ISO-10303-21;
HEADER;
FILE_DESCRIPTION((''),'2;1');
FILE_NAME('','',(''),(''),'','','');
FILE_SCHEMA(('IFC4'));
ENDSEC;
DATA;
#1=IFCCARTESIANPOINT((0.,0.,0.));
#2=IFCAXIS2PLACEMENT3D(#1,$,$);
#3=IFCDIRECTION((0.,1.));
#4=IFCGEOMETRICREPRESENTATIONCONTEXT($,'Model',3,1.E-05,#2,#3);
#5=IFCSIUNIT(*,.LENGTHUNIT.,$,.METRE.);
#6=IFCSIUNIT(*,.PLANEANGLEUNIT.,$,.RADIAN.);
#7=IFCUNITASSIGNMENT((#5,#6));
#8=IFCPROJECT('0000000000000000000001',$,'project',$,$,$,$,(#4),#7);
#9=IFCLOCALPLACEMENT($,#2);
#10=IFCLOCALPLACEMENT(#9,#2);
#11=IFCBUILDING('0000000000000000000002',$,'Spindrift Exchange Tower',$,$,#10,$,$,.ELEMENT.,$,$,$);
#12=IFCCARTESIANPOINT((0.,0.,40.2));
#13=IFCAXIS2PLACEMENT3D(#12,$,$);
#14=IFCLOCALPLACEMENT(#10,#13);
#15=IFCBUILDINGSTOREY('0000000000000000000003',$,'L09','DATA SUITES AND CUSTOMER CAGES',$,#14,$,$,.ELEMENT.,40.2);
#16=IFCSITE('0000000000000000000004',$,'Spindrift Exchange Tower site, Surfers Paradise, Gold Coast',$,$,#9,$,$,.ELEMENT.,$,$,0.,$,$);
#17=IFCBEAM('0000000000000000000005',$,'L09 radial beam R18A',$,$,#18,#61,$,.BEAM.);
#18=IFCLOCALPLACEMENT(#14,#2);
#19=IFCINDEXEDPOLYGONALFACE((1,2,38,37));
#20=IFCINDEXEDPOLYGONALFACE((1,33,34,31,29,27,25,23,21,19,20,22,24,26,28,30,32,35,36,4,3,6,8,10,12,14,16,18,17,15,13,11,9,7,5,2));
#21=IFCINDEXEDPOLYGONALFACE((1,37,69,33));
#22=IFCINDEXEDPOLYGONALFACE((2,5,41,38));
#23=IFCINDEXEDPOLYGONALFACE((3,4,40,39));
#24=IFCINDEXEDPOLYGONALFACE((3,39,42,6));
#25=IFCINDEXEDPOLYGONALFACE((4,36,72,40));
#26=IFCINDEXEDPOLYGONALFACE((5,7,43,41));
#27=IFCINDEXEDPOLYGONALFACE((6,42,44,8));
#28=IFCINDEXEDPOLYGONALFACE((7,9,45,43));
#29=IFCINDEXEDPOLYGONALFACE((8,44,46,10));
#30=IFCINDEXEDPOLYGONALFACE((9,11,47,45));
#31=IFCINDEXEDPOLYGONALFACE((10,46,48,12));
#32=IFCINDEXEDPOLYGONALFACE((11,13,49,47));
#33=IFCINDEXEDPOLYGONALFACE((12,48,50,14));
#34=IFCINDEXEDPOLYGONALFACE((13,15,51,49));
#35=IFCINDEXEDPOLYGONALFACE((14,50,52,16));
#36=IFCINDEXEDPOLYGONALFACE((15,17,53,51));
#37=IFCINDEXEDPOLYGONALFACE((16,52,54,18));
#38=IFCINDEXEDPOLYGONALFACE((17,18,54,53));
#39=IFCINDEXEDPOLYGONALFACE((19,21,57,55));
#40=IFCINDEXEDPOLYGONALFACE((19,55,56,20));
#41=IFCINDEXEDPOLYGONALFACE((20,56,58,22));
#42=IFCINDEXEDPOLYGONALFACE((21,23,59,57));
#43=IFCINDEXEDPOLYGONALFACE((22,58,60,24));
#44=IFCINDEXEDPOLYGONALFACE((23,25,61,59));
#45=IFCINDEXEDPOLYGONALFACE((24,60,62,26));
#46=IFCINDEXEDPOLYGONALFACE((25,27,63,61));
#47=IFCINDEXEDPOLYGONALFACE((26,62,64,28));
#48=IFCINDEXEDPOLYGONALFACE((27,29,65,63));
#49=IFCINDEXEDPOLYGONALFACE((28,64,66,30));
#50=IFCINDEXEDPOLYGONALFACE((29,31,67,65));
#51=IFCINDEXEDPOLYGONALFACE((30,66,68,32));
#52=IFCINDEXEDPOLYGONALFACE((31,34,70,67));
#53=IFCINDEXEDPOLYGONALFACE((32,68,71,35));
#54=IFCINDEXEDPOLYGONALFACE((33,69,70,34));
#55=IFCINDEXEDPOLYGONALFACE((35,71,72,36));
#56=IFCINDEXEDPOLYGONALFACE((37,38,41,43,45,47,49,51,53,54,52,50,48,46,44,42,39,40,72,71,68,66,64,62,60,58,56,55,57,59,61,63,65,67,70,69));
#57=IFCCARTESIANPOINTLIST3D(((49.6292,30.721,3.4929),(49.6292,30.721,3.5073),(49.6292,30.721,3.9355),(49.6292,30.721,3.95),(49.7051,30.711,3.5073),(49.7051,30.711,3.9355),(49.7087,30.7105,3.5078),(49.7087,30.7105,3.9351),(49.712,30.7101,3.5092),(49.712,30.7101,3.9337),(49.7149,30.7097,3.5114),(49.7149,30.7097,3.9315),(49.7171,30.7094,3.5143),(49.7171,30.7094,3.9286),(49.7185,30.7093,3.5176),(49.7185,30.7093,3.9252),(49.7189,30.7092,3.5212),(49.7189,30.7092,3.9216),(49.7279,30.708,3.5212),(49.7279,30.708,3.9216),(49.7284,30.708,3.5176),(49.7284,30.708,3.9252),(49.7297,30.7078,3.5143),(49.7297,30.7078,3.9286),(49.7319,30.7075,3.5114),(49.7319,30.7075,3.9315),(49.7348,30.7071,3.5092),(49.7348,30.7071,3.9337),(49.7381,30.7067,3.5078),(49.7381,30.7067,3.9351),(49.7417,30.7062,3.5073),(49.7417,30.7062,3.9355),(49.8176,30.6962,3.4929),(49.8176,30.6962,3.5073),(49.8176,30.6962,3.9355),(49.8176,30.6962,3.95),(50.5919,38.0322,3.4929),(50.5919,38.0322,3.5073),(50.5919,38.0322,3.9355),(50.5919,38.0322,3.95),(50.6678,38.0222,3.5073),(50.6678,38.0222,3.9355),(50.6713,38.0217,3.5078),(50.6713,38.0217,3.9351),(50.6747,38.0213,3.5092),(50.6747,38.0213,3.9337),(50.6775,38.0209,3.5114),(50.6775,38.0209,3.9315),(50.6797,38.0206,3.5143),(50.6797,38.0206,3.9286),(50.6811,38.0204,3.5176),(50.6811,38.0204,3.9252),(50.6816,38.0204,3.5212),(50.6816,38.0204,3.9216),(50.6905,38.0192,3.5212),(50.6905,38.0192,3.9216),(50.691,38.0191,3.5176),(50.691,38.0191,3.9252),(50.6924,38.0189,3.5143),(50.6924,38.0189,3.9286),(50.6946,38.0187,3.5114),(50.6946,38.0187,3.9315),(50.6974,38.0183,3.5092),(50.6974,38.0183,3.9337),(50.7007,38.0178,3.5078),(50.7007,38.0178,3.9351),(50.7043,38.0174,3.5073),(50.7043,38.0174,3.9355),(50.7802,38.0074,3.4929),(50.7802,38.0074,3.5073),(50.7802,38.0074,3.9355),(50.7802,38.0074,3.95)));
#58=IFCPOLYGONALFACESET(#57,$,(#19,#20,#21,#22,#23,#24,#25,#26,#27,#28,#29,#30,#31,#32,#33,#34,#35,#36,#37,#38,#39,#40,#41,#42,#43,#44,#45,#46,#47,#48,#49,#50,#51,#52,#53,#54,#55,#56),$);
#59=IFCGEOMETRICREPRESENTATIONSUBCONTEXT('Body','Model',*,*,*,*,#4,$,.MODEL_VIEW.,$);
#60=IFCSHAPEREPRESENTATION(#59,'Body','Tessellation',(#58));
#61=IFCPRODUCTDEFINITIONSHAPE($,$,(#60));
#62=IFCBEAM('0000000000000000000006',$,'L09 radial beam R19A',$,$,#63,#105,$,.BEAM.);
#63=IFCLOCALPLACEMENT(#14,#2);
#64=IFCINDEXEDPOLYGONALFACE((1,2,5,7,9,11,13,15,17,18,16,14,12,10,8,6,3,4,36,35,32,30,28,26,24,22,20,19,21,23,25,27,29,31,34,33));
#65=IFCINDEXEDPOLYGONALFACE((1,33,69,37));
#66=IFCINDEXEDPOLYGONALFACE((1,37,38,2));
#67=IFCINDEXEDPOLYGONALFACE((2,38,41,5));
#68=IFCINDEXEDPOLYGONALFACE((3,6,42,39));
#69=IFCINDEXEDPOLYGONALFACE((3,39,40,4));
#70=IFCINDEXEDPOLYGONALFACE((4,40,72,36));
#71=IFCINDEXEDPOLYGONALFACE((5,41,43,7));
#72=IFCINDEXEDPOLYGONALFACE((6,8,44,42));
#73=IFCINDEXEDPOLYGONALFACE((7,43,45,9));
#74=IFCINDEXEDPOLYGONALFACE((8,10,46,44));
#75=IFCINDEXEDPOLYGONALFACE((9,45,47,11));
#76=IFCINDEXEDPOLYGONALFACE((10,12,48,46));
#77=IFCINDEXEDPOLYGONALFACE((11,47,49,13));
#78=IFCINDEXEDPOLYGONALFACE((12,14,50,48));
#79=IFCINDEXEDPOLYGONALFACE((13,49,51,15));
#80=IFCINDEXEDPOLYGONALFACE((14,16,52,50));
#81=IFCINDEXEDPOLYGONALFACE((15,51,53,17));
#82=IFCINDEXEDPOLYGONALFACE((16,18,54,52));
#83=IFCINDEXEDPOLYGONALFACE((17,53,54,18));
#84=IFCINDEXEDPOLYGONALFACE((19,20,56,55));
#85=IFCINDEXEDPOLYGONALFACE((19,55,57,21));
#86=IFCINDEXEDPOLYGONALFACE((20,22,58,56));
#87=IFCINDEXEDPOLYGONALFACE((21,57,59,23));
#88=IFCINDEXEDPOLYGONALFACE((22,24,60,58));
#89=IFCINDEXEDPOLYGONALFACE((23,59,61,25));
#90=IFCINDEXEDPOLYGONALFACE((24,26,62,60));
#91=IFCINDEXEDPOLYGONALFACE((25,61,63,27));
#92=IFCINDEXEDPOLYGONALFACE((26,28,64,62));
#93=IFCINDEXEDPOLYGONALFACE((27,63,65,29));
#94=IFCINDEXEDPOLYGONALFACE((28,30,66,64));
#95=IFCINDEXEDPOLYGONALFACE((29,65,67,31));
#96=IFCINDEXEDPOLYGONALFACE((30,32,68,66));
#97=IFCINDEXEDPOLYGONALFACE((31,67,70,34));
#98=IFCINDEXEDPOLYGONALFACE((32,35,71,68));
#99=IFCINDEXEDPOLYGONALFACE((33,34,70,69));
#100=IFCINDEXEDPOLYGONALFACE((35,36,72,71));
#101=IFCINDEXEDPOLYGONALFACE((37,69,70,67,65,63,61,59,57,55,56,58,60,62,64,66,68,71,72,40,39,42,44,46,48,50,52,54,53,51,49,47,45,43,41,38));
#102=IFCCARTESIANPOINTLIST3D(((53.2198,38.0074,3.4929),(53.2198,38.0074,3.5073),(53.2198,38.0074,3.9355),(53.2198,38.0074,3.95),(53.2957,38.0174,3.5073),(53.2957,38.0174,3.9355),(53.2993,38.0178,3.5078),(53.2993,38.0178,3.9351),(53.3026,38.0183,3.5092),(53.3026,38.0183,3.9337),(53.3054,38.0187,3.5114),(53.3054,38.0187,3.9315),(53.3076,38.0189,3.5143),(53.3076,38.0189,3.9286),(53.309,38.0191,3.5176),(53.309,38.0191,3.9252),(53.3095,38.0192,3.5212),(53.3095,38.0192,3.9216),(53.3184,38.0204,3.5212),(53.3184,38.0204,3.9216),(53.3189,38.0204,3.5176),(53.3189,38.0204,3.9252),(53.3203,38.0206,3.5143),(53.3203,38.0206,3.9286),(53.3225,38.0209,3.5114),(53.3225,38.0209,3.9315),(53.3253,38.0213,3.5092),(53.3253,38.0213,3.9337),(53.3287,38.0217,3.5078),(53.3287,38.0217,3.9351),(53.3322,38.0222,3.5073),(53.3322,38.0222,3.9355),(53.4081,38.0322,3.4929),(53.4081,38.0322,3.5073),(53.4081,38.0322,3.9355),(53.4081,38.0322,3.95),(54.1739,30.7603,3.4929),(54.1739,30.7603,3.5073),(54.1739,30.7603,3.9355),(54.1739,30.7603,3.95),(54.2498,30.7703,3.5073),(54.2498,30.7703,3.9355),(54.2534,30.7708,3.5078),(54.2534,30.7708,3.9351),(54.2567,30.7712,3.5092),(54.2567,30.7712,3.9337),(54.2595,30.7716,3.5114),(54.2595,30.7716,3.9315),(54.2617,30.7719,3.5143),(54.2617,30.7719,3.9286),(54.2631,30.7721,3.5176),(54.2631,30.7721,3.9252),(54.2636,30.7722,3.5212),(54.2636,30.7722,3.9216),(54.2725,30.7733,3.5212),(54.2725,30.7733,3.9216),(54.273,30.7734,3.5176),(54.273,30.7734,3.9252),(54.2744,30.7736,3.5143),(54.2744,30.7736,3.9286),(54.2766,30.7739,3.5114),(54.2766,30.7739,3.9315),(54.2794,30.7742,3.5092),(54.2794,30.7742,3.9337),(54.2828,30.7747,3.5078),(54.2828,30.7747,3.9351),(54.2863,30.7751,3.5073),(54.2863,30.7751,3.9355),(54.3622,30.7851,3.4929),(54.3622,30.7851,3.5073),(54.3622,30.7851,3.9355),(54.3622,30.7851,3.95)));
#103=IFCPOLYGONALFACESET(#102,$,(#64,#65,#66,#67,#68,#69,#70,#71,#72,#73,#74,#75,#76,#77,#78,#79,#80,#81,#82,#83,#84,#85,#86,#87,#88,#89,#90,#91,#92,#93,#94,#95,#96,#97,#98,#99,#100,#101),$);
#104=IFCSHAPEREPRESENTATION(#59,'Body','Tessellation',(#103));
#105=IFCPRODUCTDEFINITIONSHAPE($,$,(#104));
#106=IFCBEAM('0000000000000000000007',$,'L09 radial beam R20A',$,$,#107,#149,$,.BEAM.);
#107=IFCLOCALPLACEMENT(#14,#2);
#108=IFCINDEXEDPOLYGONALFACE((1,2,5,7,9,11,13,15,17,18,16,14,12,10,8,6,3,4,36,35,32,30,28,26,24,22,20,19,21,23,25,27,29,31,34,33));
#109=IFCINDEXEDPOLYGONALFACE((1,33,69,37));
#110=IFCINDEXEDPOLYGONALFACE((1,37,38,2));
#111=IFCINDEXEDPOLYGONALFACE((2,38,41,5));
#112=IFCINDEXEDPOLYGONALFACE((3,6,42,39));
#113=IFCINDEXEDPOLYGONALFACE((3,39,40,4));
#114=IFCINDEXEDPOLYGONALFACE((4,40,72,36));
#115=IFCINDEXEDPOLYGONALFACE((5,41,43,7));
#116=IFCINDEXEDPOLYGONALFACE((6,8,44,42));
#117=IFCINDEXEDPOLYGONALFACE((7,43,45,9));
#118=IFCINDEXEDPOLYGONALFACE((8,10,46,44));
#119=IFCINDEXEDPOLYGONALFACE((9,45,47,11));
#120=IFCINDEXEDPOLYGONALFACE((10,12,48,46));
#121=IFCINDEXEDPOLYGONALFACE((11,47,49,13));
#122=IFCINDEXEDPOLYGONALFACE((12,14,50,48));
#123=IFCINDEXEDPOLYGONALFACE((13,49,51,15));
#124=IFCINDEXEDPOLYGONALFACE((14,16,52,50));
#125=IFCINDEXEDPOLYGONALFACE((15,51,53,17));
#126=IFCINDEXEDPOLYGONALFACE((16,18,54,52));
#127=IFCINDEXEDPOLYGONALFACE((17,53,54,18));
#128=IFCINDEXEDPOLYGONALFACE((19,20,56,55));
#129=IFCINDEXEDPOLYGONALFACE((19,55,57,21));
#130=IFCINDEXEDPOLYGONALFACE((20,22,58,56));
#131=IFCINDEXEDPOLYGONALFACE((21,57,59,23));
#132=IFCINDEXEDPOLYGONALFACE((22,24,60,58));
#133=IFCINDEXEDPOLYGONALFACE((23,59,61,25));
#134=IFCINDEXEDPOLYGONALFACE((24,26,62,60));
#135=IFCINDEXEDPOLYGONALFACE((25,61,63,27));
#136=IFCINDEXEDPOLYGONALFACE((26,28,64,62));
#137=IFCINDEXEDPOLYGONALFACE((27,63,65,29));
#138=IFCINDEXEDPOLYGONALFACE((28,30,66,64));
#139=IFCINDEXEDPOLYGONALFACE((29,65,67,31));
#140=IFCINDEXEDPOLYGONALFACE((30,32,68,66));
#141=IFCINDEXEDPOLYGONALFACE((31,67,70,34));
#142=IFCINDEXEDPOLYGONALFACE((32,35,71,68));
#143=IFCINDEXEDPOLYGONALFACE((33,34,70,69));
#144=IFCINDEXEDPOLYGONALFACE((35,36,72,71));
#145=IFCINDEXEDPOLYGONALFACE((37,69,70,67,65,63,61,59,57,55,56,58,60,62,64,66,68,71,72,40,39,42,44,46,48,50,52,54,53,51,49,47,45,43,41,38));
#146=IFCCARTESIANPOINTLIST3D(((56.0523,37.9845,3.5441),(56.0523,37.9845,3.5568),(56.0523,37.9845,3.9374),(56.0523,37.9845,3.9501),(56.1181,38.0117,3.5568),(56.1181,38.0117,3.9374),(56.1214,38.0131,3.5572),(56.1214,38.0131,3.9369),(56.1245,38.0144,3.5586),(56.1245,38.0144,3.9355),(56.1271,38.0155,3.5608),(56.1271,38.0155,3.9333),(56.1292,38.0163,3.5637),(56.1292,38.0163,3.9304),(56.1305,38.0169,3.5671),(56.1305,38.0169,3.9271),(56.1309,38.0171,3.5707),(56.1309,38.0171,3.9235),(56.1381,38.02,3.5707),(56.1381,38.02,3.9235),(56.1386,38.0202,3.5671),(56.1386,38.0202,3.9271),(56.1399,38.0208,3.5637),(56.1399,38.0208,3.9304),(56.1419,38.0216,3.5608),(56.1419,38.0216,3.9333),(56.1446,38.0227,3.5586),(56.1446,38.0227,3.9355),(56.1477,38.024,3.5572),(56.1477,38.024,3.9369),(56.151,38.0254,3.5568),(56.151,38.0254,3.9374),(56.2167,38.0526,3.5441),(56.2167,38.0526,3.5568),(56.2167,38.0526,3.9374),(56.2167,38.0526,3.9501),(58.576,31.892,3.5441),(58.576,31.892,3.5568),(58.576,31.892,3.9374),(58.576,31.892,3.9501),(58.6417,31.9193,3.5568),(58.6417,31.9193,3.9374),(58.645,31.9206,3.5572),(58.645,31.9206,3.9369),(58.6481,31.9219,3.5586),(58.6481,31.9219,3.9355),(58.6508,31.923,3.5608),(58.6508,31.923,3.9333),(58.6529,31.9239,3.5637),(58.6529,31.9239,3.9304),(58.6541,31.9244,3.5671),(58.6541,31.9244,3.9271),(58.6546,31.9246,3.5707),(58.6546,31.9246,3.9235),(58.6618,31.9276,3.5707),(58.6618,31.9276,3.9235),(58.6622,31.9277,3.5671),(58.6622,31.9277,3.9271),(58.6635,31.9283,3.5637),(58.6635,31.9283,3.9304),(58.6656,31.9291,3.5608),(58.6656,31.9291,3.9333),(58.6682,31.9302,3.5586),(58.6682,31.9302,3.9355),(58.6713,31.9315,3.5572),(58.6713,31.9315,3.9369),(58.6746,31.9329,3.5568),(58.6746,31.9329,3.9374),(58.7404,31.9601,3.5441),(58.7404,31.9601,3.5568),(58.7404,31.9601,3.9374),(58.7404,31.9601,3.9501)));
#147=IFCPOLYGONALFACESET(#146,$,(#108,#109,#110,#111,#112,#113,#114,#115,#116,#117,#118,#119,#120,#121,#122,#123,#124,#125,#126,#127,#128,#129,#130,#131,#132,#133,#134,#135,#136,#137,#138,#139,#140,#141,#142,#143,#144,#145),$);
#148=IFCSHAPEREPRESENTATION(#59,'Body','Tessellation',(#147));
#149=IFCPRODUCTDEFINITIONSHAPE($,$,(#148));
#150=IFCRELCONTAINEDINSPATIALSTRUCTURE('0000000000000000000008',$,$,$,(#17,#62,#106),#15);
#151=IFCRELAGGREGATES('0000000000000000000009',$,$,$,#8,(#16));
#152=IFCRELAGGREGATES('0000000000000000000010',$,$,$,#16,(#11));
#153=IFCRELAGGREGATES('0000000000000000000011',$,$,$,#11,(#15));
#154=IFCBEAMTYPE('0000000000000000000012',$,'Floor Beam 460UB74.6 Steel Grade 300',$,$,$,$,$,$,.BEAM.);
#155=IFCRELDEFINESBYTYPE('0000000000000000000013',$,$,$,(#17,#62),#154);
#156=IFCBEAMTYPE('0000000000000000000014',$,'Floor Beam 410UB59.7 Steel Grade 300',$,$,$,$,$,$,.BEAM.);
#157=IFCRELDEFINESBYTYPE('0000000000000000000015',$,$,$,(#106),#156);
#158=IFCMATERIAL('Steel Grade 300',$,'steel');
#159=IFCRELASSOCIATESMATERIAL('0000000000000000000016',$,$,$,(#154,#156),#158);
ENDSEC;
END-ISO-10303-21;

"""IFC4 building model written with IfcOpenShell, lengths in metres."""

from ifc_helpers import new_model, si_unit, direction, frame, origin, origin_2d, place, context, subcontext, project, spatial, i_section, extrude, source, transform, mapped, material, material_profile, profile_set, type_object, element, save


model = new_model("IFC4")

# Units and contexts
model_context = context("Model", 3, precision=1e-05, world=origin(), true_north=direction((0.0, 1.0)))
body_context = subcontext(model_context, "Body", "Model", "MODEL_VIEW")
ifc_project = project(units=[si_unit("LENGTHUNIT", "METRE"), si_unit("PLANEANGLEUNIT", "RADIAN")], contexts=[model_context])

# Site, building, storey
site_placement = place(None, origin())
site = spatial("IfcSite", under=ifc_project, at=site_placement, Name="Spindrift Exchange Tower site, Surfers Paradise, Gold Coast", CompositionType="ELEMENT", RefElevation=0.0)
building_placement = place(site_placement, origin())
building = spatial("IfcBuilding", under=site, at=building_placement, Name="Spindrift Exchange Tower", CompositionType="ELEMENT")
storey_placement = place(building_placement, frame((0.0, 0.0, 40.2)))
storey = spatial("IfcBuildingStorey", under=building, at=storey_placement, Name="L09", Description="DATA SUITES AND CUSTOMER CAGES", CompositionType="ELEMENT", Elevation=40.2)

# Beams
ifc_material_1 = material(Name="Steel Grade 300", Category="steel")
ifc_material_profile_1 = material_profile(ifc_material_1, i_section(OverallWidth=0.1899, OverallDepth=0.457, WebThickness=0.009, FlangeThickness=0.0144, FilletRadius=0.0139, at=origin_2d()), Name="460UB74.6")
ifc_profile_set_1 = profile_set([ifc_material_profile_1], Name="Steel Grade 300")
beam_type_1 = type_object("IfcBeamType", Name="Floor Beam 460UB74.6 Steel Grade 300", PredefinedType="BEAM", material=ifc_profile_set_1)
shared_shape_1 = source(origin(), body_context, "Body", "SweptSolid", [
    extrude(i_section(OverallWidth=0.1899, OverallDepth=0.457, WebThickness=0.009, FlangeThickness=0.0144, FilletRadius=0.0139, at=origin_2d()), origin(), (0.0, 0.0, 1.0), 7.3743),
])
beam_1_placement = place(storey_placement, frame((50.686, 38.0198, 3.7214), z_axis=(-0.130539, -0.991443, 0.0), x_axis=(0.991443, -0.130539, 0.0)))
element("IfcBeam", 1, at=beam_1_placement, inside=storey, type_object=beam_type_1, Name="L09 radial beam R18A", PredefinedType="BEAM", context=body_context, shape_type="MappedRepresentation", body=[
    mapped(shared_shape_1, transform((0.0, 0.0, 0.0), scale=1.0)),
])
shared_shape_2 = source(origin(), body_context, "Body", "SweptSolid", [
    extrude(i_section(OverallWidth=0.1899, OverallDepth=0.457, WebThickness=0.009, FlangeThickness=0.0144, FilletRadius=0.0139, at=origin_2d()), origin(), (0.0, 0.0, 1.0), 7.3096),
])
beam_2_placement = place(storey_placement, frame((53.314, 38.0198, 3.7214), z_axis=(0.130527, -0.991445, 0.0), x_axis=(0.991445, 0.130527, 0.0)))
element("IfcBeam", 2, at=beam_2_placement, inside=storey, type_object=beam_type_1, Name="L09 radial beam R19A", PredefinedType="BEAM", context=body_context, shape_type="MappedRepresentation", body=[
    mapped(shared_shape_2, transform((0.0, 0.0, 0.0), scale=1.0)),
])
ifc_material_profile_2 = material_profile(ifc_material_1, i_section(OverallWidth=0.178, OverallDepth=0.406, WebThickness=0.0078, FlangeThickness=0.0127, FilletRadius=0.0139, at=origin_2d()), Name="410UB59.7")
ifc_profile_set_2 = profile_set([ifc_material_profile_2], Name="Steel Grade 300")
beam_type_2 = type_object("IfcBeamType", Name="Floor Beam 410UB59.7 Steel Grade 300", PredefinedType="BEAM", material=ifc_profile_set_2)
shared_shape_3 = source(origin(), body_context, "Body", "SweptSolid", [
    extrude(i_section(OverallWidth=0.178, OverallDepth=0.406, WebThickness=0.0078, FlangeThickness=0.0127, FilletRadius=0.0139, at=origin_2d()), origin(), (0.0, 0.0, 1.0), 6.5945),
])
beam_3_placement = place(storey_placement, frame((56.1345, 38.0186, 3.7471), z_axis=(0.382693, -0.923876, 0.0), x_axis=(0.923876, 0.382693, 0.0)))
element("IfcBeam", 3, at=beam_3_placement, inside=storey, type_object=beam_type_2, Name="L09 radial beam R20A", PredefinedType="BEAM", context=body_context, shape_type="MappedRepresentation", body=[
    mapped(shared_shape_3, transform((0.0, 0.0, 0.0), scale=1.0)),
])

save(model, "model.ifc")
